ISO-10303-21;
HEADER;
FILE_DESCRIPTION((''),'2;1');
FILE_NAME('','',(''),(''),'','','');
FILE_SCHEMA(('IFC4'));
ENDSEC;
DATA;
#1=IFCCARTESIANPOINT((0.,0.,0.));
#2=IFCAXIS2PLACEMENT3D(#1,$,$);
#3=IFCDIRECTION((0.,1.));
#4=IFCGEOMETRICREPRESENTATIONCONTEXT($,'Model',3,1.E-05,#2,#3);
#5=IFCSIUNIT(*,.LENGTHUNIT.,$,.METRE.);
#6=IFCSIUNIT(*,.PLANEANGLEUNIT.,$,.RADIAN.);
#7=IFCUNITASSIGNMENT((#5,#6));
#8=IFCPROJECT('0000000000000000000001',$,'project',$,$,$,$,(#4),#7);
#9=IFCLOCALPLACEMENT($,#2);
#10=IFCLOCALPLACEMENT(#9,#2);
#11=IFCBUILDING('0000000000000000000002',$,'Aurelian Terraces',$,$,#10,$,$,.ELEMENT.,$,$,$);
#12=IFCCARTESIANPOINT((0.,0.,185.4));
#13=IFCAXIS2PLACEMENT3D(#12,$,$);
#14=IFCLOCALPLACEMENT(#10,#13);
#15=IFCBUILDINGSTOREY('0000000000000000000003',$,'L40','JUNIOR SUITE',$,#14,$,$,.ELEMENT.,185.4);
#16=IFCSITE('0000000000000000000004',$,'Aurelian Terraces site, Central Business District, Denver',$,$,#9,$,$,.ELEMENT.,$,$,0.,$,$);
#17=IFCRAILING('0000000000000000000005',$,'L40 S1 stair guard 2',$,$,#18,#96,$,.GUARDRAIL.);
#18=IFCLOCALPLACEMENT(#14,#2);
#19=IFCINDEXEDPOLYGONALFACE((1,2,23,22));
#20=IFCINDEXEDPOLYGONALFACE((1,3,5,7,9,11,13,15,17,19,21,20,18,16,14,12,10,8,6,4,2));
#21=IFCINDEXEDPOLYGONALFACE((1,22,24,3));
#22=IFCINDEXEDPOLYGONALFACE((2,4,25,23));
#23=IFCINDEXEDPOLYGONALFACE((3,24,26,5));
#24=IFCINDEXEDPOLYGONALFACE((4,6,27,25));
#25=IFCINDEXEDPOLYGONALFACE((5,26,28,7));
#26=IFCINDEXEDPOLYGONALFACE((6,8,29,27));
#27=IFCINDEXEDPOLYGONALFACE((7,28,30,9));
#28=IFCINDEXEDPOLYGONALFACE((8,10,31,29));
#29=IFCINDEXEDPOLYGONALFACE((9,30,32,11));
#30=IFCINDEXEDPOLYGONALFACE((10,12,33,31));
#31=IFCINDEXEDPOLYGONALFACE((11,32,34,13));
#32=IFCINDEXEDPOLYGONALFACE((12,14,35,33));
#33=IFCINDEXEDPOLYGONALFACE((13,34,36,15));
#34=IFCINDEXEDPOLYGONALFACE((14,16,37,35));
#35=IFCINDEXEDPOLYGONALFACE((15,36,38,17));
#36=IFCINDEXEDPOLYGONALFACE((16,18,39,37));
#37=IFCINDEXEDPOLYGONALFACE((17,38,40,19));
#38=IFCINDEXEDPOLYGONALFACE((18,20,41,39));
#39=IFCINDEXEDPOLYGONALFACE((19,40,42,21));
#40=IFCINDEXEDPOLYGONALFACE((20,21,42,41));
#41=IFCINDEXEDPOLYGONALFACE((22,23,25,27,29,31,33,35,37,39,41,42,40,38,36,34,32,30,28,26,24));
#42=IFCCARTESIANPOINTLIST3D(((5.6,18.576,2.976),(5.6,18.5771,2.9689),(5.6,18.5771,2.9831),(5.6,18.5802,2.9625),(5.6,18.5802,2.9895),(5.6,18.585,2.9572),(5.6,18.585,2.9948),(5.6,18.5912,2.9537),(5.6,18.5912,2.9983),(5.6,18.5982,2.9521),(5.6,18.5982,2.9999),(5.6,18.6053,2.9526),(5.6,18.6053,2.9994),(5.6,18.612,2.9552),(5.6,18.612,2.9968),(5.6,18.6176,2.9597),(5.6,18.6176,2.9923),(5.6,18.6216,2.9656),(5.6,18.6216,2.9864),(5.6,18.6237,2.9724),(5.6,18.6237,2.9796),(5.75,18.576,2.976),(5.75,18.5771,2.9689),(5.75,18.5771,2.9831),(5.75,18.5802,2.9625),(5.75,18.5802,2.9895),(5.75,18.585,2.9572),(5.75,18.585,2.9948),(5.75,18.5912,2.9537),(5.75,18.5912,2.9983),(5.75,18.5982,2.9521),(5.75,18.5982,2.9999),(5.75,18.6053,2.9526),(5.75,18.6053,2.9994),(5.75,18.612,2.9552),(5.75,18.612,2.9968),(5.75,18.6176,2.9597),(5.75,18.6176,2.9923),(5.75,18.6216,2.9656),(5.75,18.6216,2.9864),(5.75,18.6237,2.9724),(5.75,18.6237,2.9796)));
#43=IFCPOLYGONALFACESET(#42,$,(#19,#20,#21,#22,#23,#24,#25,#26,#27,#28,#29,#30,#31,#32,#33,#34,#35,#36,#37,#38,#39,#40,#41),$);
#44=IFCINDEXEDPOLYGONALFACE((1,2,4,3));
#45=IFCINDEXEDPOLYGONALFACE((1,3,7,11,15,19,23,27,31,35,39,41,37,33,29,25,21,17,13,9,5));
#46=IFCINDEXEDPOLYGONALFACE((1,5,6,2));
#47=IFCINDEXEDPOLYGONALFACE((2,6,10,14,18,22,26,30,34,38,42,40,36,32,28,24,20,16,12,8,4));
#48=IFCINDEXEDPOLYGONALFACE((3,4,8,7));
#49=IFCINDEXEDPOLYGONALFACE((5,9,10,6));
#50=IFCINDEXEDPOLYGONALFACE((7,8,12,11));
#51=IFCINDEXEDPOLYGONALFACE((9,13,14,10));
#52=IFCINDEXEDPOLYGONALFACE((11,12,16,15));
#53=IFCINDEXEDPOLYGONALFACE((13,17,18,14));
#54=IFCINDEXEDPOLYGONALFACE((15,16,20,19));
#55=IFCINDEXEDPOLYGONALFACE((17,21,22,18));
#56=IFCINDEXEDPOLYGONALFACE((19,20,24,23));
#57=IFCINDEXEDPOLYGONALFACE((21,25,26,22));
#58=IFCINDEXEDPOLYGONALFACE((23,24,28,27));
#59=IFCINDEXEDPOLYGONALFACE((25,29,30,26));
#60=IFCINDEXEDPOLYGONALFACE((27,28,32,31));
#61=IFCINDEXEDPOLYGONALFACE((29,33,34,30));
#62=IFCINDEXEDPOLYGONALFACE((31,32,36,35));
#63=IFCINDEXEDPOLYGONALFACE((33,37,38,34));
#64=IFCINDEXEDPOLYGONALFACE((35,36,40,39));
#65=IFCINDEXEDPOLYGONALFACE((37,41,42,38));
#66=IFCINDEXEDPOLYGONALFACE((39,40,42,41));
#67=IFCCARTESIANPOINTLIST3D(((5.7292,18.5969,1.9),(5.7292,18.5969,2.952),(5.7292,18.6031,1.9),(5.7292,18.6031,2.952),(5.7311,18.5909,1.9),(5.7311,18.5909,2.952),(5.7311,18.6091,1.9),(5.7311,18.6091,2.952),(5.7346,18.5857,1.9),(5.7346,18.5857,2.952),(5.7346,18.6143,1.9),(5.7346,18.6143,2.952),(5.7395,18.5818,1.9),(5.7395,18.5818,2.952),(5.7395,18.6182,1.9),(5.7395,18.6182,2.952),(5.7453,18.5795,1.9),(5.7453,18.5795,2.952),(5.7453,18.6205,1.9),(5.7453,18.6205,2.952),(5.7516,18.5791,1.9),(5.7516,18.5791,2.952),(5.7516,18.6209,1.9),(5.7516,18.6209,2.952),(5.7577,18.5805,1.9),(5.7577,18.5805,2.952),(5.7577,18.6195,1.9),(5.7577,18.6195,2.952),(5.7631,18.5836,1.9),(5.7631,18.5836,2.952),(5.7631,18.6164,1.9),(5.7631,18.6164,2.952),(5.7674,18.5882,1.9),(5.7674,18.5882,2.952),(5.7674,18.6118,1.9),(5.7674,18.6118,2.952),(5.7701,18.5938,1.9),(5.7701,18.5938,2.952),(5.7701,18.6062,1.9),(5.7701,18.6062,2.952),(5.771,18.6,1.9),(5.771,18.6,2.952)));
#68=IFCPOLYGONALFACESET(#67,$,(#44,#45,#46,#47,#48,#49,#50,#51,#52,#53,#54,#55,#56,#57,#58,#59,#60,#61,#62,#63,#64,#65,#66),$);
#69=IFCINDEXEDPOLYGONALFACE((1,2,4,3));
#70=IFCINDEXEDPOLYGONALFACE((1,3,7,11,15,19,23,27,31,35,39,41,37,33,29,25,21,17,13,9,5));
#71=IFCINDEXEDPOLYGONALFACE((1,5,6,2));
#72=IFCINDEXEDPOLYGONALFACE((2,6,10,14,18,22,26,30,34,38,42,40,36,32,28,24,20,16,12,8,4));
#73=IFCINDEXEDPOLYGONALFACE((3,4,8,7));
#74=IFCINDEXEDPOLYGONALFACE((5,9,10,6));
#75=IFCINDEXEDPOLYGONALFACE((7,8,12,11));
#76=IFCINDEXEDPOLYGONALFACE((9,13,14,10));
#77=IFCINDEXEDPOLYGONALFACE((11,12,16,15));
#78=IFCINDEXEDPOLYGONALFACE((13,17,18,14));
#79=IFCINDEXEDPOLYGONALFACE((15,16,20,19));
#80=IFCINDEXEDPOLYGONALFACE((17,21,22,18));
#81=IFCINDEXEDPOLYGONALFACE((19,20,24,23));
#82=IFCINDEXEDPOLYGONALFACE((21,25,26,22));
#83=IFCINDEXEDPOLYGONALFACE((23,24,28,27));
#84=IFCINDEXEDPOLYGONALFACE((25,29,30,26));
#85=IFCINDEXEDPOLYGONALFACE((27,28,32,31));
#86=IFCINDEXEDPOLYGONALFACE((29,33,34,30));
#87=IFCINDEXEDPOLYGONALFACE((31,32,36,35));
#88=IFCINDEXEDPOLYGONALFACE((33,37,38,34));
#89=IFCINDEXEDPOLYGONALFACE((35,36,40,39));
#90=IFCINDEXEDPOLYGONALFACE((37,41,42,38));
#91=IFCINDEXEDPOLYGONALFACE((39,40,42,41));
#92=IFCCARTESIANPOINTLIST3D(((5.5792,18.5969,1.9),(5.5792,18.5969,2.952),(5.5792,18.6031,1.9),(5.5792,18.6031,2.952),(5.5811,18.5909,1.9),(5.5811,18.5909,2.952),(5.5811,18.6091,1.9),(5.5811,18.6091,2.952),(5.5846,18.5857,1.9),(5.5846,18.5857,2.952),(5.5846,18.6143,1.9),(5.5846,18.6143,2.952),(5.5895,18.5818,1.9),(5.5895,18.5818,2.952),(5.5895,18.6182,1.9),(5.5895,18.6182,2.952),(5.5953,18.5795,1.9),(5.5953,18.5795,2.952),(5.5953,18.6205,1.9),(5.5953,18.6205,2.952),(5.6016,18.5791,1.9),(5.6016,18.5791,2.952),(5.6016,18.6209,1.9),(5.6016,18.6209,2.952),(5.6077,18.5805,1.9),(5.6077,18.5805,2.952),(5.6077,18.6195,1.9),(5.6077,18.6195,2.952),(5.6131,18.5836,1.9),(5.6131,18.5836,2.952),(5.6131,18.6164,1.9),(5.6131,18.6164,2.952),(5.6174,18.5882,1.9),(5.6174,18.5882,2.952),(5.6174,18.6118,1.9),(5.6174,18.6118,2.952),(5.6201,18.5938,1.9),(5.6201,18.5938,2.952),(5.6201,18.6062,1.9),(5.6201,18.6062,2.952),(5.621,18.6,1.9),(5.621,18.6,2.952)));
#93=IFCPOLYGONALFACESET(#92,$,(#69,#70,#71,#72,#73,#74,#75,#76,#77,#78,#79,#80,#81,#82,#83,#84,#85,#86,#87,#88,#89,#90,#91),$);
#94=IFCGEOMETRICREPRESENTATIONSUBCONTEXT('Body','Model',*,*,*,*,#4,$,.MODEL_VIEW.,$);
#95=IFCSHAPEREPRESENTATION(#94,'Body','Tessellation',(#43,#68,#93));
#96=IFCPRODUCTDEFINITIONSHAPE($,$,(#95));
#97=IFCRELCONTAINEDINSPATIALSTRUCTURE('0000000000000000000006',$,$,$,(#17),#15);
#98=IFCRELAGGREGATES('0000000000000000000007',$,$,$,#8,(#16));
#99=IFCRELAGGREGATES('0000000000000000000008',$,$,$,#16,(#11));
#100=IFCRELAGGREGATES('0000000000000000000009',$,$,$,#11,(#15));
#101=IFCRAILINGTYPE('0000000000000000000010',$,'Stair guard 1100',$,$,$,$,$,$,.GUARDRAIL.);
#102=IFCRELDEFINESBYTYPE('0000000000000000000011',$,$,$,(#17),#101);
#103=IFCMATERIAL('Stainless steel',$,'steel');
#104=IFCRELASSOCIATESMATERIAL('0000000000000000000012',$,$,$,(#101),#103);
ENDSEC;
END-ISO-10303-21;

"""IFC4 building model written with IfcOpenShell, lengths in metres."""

from ifc_helpers import new_model, si_unit, direction, frame, origin, origin_2d, place, context, subcontext, project, spatial, circle, extrude, source, transform, mapped, material, type_object, element, save


model = new_model("IFC4")

# Units and contexts
model_context = context("Model", 3, precision=1e-05, world=origin(), true_north=direction((0.0, 1.0)))
body_context = subcontext(model_context, "Body", "Model", "MODEL_VIEW")
ifc_project = project(units=[si_unit("LENGTHUNIT", "METRE"), si_unit("PLANEANGLEUNIT", "RADIAN")], contexts=[model_context])

# Site, building, storey
site_placement = place(None, origin())
site = spatial("IfcSite", under=ifc_project, at=site_placement, Name="Aurelian Terraces site, Central Business District, Denver", CompositionType="ELEMENT", RefElevation=0.0)
building_placement = place(site_placement, origin())
building = spatial("IfcBuilding", under=site, at=building_placement, Name="Aurelian Terraces", CompositionType="ELEMENT")
storey_placement = place(building_placement, frame((0.0, 0.0, 185.4)))
storey = spatial("IfcBuildingStorey", under=building, at=storey_placement, Name="L40", Description="JUNIOR SUITE", CompositionType="ELEMENT", Elevation=185.4)

# Shared definitions
ifc_material_1 = material(Name="Stainless steel", Category="steel")

# Railing
railing_type_1 = type_object("IfcRailingType", Name="Stair guard 1100", PredefinedType="GUARDRAIL", material=ifc_material_1)
shared_shape_1 = source(origin(), body_context, "Body", "SweptSolid", [
    extrude(circle(Radius=0.024, at=origin_2d()), frame((0.0, 0.0, 1.076), z_axis=(-1.0, 0.0, 0.0), x_axis=(0.0, -1.0, 0.0)), (0.0, 0.0, 1.0), 0.15),
    extrude(circle(Radius=0.021, at=origin_2d()), origin(), (0.0, 0.0, 1.0), 1.052),
    extrude(circle(Radius=0.021, at=origin_2d()), frame((-0.15, 0.0, 0.0)), (0.0, 0.0, 1.0), 1.052),
])
railing_1_placement = place(storey_placement, frame((5.75, 18.6, 1.9)))
element("IfcRailing", 1, at=railing_1_placement, inside=storey, type_object=railing_type_1, Name="L40 S1 stair guard 2", PredefinedType="GUARDRAIL", context=body_context, shape_type="MappedRepresentation", body=[
    mapped(shared_shape_1, transform((0.0, 0.0, 0.0), scale=1.0)),
])

save(model, "model.ifc")
